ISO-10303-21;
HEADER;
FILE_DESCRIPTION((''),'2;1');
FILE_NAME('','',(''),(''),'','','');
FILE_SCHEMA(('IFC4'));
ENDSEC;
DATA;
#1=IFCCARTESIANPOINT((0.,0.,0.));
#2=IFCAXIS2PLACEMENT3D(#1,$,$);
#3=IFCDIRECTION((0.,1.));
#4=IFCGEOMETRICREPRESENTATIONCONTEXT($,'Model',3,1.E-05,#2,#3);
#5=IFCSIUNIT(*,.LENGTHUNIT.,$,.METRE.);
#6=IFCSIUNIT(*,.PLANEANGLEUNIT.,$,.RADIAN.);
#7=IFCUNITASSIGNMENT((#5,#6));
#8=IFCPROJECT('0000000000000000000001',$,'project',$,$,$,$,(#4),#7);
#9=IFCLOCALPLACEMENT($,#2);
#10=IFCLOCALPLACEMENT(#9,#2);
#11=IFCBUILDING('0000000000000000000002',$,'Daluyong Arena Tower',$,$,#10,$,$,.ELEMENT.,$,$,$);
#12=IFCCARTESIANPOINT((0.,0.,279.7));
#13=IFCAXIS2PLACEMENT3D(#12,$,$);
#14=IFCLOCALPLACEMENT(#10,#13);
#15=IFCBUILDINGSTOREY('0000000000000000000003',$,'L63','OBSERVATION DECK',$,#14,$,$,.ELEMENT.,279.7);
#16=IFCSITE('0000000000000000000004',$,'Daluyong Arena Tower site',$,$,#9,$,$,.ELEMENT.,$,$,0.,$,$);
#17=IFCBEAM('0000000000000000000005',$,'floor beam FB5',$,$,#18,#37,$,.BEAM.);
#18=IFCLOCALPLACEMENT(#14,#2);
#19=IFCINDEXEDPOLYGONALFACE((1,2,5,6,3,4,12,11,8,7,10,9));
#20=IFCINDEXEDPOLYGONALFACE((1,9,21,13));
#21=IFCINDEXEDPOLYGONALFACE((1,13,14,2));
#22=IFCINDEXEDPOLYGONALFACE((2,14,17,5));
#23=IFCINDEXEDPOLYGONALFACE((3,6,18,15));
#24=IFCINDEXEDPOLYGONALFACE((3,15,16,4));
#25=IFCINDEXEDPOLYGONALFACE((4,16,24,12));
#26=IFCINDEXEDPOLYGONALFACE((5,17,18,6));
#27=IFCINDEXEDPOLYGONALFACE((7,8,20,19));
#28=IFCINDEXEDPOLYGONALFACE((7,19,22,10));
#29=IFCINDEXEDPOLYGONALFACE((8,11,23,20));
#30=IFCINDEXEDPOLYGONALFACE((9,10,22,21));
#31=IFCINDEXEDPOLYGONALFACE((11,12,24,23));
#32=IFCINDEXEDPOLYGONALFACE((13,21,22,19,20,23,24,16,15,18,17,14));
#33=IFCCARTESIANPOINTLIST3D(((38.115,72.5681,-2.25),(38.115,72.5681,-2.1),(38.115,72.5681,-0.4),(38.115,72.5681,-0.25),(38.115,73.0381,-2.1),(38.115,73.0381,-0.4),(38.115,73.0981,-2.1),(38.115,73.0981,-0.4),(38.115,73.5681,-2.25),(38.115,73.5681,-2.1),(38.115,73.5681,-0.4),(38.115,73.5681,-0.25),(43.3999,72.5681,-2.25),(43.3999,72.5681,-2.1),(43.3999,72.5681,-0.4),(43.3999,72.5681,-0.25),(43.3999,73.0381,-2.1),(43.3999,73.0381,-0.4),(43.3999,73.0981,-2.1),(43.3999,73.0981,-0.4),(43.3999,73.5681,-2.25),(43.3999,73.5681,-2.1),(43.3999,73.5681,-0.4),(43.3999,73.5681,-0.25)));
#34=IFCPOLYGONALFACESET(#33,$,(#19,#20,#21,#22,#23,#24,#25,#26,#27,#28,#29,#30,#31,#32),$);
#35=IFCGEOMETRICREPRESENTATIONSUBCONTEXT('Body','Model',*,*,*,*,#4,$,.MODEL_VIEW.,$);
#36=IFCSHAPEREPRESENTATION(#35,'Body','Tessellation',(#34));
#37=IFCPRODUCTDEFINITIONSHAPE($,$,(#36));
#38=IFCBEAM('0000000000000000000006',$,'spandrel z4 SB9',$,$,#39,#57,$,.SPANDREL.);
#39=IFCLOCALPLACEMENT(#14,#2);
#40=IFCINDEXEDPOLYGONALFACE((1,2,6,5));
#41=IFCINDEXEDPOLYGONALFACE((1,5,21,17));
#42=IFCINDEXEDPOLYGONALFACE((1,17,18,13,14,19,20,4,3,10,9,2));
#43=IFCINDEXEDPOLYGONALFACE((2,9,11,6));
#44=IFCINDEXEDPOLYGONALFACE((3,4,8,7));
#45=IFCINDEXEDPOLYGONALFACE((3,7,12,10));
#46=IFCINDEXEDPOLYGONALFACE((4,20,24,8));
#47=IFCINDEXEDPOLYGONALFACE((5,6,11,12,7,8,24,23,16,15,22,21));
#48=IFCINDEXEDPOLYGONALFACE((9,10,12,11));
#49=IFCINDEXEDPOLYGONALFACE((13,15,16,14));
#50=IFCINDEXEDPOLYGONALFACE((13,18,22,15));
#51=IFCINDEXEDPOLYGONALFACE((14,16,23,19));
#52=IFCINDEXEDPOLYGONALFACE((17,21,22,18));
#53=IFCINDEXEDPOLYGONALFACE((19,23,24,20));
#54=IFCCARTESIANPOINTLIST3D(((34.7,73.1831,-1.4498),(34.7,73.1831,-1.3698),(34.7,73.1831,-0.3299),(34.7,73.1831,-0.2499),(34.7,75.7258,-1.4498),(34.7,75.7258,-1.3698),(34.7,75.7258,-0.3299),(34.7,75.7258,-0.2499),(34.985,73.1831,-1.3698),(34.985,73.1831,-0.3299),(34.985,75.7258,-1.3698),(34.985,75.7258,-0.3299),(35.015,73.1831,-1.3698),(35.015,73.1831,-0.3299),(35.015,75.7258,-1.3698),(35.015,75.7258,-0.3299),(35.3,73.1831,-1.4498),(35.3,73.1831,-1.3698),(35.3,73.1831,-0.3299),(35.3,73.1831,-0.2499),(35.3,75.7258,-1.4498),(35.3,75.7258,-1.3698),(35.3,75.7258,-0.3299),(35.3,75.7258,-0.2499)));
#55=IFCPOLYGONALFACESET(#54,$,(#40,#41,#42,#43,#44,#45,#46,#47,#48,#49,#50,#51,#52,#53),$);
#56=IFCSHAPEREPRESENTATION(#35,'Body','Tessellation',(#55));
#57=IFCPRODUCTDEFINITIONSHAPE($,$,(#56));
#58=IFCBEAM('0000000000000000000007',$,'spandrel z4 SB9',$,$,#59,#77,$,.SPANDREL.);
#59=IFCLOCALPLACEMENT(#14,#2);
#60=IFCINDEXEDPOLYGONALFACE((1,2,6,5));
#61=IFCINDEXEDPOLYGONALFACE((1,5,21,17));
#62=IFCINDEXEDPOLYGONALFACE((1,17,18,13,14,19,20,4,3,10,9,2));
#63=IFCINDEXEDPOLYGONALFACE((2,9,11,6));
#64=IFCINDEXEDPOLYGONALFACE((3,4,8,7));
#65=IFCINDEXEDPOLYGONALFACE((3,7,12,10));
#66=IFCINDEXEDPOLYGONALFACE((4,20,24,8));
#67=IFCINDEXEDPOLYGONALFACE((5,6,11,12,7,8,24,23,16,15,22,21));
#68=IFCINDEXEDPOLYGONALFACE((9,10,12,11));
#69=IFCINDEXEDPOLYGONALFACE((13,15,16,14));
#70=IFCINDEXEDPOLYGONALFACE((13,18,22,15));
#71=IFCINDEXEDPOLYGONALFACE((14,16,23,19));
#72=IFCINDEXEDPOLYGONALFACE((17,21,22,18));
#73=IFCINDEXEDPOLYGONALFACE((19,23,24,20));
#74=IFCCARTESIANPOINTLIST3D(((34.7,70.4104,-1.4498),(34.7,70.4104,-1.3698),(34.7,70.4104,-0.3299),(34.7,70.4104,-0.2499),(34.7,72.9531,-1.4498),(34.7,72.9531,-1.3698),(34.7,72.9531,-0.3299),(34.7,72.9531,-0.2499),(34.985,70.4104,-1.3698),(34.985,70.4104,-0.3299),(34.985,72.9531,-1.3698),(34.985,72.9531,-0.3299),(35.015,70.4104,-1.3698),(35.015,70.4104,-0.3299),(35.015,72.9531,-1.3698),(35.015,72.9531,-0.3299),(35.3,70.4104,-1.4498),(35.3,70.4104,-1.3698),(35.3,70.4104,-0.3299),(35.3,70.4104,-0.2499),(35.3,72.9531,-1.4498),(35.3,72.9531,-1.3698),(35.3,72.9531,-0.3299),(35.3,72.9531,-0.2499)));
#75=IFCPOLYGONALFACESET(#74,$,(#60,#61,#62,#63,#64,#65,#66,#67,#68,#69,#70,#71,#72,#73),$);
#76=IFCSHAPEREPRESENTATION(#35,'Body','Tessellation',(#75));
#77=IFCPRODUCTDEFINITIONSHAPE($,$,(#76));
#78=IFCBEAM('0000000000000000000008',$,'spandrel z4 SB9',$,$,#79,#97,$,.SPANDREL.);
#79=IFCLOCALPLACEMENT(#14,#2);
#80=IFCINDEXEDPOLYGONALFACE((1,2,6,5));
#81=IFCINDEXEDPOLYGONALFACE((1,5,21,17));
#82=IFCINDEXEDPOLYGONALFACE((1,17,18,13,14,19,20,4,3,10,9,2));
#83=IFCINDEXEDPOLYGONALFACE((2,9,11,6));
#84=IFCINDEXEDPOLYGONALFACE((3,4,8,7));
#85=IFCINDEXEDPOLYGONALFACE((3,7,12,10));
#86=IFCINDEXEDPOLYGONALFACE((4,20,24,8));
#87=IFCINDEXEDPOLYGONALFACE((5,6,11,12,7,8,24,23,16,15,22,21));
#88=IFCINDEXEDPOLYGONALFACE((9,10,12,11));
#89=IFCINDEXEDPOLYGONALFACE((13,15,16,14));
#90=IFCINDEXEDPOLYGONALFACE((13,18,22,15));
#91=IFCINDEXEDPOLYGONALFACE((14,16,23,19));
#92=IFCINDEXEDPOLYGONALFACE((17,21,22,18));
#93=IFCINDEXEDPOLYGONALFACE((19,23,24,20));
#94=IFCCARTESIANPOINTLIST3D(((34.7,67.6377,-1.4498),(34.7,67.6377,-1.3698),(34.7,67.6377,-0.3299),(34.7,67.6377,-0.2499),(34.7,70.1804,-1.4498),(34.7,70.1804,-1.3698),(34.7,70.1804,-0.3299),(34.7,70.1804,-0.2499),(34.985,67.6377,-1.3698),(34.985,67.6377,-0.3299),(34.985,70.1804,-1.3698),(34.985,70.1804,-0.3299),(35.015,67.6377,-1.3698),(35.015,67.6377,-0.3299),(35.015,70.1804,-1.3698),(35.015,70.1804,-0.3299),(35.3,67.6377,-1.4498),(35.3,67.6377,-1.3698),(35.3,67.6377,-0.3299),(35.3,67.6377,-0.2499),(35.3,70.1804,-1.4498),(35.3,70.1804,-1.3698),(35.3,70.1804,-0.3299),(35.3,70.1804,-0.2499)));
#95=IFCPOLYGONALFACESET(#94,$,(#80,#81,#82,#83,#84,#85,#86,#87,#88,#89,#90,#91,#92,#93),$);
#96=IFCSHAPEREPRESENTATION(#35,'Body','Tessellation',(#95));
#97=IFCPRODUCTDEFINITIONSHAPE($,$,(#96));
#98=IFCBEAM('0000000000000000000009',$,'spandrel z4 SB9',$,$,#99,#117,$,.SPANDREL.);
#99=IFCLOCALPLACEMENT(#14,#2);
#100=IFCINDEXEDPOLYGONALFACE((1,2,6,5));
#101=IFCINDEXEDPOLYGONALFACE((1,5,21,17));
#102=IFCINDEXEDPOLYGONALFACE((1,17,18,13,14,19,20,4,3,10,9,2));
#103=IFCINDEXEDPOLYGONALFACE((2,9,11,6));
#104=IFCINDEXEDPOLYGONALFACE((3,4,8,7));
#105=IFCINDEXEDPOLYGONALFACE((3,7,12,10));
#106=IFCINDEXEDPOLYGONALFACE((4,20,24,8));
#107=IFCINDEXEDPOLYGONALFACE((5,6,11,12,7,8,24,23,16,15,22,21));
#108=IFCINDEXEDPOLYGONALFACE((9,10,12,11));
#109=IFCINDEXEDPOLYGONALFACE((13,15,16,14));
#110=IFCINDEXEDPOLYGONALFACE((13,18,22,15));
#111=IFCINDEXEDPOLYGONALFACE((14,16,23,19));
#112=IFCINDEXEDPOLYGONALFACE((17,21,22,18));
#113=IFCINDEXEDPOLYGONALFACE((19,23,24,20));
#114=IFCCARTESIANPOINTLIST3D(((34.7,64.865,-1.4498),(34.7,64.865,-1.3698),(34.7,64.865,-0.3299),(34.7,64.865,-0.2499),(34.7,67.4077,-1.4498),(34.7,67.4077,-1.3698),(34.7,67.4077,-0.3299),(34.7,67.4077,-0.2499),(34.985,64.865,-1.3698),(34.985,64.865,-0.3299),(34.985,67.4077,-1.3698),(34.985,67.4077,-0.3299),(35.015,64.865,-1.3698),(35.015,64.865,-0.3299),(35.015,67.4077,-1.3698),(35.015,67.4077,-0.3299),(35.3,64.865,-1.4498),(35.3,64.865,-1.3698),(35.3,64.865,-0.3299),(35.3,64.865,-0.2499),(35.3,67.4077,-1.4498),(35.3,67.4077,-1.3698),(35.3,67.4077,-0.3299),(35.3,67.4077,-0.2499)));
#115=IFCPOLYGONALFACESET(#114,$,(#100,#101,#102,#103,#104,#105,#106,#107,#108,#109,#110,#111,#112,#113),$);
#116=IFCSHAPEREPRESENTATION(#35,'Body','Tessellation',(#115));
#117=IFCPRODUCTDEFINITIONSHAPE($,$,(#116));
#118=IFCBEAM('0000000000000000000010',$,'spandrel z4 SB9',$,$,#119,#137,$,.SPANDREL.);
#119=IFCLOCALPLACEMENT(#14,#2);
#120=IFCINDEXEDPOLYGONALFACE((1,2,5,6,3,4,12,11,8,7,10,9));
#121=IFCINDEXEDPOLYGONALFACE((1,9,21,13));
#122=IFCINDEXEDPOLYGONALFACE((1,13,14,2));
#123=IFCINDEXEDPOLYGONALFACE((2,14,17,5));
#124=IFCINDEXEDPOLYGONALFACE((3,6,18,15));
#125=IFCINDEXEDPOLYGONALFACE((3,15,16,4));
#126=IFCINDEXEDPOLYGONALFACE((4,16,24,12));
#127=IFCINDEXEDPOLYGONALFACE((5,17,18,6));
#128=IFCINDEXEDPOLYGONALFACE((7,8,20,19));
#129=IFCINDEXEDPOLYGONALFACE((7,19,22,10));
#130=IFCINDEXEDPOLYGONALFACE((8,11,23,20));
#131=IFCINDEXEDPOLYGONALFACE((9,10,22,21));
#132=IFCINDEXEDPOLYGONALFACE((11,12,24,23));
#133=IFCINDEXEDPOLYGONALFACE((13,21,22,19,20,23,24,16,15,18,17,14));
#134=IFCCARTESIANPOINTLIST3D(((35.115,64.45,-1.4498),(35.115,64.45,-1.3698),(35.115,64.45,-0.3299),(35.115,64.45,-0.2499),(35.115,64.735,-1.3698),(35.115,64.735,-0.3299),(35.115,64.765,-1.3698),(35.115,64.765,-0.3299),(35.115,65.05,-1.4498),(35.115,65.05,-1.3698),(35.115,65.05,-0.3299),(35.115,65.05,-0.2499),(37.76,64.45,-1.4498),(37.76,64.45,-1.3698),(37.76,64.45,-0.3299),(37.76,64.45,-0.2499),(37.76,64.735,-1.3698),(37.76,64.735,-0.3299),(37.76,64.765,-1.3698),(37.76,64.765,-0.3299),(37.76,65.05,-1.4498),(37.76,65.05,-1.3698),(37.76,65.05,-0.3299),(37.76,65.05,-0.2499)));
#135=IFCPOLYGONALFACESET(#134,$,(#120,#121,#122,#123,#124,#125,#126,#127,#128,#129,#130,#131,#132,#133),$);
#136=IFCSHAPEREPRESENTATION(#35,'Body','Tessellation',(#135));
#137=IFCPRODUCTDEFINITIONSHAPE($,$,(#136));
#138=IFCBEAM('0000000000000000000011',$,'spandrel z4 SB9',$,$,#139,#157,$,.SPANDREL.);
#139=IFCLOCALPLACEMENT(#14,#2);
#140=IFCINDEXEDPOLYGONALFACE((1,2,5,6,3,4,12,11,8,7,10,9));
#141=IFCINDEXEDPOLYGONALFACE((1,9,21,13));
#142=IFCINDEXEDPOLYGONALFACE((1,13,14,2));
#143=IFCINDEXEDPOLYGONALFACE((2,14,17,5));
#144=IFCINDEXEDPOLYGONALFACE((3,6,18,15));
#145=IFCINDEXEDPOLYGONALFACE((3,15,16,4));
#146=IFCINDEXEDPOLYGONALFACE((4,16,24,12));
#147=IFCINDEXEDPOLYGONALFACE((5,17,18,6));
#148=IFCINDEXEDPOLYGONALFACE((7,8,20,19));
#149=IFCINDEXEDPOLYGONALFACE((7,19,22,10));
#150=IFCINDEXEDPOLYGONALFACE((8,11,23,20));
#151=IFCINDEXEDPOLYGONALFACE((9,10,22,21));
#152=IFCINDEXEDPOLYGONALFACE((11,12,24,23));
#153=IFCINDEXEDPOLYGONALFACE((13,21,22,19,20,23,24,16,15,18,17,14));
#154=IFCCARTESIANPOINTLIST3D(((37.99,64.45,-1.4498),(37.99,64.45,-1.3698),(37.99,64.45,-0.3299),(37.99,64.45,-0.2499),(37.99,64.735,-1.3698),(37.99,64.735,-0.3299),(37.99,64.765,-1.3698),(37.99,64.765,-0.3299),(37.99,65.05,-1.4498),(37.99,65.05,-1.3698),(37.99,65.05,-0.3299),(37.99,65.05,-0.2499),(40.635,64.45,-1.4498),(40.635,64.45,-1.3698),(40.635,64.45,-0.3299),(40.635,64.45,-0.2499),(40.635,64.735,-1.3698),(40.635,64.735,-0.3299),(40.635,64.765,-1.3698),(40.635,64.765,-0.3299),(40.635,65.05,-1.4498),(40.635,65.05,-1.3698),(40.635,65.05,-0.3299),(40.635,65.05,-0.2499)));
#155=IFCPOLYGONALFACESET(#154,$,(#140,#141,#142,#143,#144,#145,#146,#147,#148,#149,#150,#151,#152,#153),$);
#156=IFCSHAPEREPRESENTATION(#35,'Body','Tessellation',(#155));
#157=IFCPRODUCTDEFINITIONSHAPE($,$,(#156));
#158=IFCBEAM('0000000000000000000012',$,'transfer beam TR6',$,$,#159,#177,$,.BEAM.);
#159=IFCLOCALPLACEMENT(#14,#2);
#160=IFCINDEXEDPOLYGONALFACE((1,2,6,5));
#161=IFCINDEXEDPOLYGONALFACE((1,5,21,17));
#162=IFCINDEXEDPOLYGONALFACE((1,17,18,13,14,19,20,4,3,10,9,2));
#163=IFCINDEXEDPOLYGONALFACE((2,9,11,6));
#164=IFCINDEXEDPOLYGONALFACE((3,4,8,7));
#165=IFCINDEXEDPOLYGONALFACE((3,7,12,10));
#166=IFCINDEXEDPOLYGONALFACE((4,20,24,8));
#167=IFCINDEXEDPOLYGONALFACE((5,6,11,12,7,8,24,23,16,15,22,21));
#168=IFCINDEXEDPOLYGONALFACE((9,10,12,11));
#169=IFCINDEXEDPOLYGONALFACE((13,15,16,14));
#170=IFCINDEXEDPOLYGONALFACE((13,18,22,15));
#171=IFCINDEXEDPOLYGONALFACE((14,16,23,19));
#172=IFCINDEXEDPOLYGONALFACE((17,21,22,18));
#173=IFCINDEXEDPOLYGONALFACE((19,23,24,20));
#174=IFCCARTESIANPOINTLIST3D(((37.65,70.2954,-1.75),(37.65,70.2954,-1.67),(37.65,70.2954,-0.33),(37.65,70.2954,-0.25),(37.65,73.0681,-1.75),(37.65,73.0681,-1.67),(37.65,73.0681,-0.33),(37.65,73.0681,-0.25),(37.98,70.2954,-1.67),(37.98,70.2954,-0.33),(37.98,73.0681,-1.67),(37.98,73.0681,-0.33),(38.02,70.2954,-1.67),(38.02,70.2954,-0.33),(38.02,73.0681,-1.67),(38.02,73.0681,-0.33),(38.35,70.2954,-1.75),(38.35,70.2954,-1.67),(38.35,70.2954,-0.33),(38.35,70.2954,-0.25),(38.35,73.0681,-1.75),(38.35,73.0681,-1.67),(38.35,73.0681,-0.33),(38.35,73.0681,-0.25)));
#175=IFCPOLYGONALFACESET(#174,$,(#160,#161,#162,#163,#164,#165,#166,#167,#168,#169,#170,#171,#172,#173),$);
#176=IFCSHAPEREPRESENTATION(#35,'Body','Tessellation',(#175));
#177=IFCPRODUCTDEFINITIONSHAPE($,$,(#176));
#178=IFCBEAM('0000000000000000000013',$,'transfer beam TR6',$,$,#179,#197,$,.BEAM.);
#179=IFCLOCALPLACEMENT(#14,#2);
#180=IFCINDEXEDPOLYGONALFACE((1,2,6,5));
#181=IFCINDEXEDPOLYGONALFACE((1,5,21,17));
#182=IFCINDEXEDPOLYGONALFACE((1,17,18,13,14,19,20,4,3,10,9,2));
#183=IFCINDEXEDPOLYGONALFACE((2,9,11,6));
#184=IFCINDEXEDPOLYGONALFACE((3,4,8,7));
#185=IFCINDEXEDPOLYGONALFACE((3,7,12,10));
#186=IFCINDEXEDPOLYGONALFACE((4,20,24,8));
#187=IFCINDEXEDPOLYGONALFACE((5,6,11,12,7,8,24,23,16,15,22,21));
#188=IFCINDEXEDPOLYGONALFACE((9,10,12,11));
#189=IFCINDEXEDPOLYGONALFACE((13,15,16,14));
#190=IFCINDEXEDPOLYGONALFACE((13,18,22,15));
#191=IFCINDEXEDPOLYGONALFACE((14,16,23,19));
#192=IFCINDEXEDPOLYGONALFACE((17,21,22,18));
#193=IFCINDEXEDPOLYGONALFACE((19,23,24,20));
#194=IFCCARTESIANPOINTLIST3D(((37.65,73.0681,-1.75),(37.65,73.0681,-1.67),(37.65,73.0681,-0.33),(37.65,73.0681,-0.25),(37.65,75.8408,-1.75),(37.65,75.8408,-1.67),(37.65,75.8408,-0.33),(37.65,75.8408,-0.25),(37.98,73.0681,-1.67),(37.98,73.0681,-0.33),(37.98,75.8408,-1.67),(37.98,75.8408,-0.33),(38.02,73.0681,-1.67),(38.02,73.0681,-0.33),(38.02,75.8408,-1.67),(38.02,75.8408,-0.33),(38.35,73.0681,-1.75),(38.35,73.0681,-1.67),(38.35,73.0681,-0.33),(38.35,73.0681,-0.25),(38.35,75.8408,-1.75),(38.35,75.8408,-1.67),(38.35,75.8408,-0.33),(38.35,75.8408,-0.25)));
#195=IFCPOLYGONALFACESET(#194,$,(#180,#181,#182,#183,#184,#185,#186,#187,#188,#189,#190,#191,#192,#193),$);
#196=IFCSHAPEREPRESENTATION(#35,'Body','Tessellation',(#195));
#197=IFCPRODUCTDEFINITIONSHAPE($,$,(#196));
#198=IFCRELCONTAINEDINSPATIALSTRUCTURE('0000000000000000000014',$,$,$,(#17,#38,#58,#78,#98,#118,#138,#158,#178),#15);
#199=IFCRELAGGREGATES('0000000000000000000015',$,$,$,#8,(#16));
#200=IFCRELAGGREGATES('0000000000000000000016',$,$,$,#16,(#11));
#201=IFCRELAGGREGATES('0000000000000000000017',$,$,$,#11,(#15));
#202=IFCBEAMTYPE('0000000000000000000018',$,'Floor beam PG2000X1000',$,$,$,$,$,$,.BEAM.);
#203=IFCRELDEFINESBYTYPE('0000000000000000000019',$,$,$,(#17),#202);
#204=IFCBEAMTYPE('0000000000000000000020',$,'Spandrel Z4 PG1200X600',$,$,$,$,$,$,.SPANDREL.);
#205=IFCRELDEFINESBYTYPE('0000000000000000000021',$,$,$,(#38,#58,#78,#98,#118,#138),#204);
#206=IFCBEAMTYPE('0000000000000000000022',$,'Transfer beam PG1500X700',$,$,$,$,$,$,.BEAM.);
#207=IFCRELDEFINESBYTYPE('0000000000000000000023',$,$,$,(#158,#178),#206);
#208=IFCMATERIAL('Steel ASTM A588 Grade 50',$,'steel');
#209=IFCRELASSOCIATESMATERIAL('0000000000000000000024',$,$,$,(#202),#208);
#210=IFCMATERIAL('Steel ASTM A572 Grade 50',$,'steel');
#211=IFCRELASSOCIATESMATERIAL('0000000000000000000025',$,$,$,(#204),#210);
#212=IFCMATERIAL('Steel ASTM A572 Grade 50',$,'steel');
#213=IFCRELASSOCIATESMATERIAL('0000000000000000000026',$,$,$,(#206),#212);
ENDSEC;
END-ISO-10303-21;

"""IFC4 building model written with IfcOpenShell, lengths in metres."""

from ifc_helpers import new_model, si_unit, direction, frame, origin, origin_2d, place, context, subcontext, project, spatial, i_section, extrude, material, material_profile, profile_set, type_object, element, save


model = new_model("IFC4")

# Units and contexts
model_context = context("Model", 3, precision=1e-05, world=origin(), true_north=direction((0.0, 1.0)))
body_context = subcontext(model_context, "Body", "Model", "MODEL_VIEW")
ifc_project = project(units=[si_unit("LENGTHUNIT", "METRE"), si_unit("PLANEANGLEUNIT", "RADIAN")], contexts=[model_context])

# Site, building, storey
site_placement = place(None, origin())
site = spatial("IfcSite", under=ifc_project, at=site_placement, Name="Daluyong Arena Tower site", CompositionType="ELEMENT", RefElevation=0.0)
building_placement = place(site_placement, origin())
building = spatial("IfcBuilding", under=site, at=building_placement, Name="Daluyong Arena Tower", CompositionType="ELEMENT")
storey_placement = place(building_placement, frame((0.0, 0.0, 279.7)))
storey = spatial("IfcBuildingStorey", under=building, at=storey_placement, Name="L63", Description="OBSERVATION DECK", CompositionType="ELEMENT", Elevation=279.7)

# Beams
ifc_material_1 = material(Name="Steel ASTM A588 Grade 50", Category="steel")
ifc_material_profile_1 = material_profile(ifc_material_1, i_section(OverallWidth=1.0, OverallDepth=2.0, WebThickness=0.06, FlangeThickness=0.15, at=origin_2d()))
ifc_profile_set_1 = profile_set([ifc_material_profile_1], Name="Steel ASTM A588 Grade 50")
beam_type_1 = type_object("IfcBeamType", Name="Floor beam PG2000X1000", PredefinedType="BEAM", material=ifc_profile_set_1)
for number, where, z_axis, x_axis, name in (
    (1, (38.115, 73.0681, -1.25), (1.0, 0.0, 0.0), (0.0, 1.0, 0.0), "floor beam FB5"),
):
    element("IfcBeam", number, at=place(storey_placement, frame(where, z_axis=z_axis, x_axis=x_axis)), inside=storey, type_object=beam_type_1, Name=name, PredefinedType="BEAM", context=body_context, shape_type="SweptSolid", body=[
        extrude(i_section(OverallWidth=1.0, OverallDepth=2.0, WebThickness=0.06, FlangeThickness=0.15, at=origin_2d()), origin(), (0.0, 0.0, 1.0), 5.2849),
    ])
ifc_material_2 = material(Name="Steel ASTM A572 Grade 50", Category="steel")
ifc_material_profile_2 = material_profile(ifc_material_2, i_section(OverallWidth=0.6001, OverallDepth=1.2, WebThickness=0.03, FlangeThickness=0.08, at=origin_2d()))
ifc_profile_set_2 = profile_set([ifc_material_profile_2], Name="Steel ASTM A572 Grade 50")
beam_type_2 = type_object("IfcBeamType", Name="Spandrel Z4 PG1200X600", PredefinedType="SPANDREL", material=ifc_profile_set_2)
for number, where, z_axis, x_axis, name in (
    (2, (35.0, 75.7258, -0.8499), (0.0, -1.0, 0.0), (1.0, 0.0, 0.0), "spandrel z4 SB9"),
    (3, (35.0, 72.9531, -0.8499), (0.0, -1.0, 0.0), (1.0, 0.0, 0.0), "spandrel z4 SB9"),
    (4, (35.0, 70.1804, -0.8499), (0.0, -1.0, 0.0), (1.0, 0.0, 0.0), "spandrel z4 SB9"),
    (5, (35.0, 67.4077, -0.8499), (0.0, -1.0, 0.0), (1.0, 0.0, 0.0), "spandrel z4 SB9"),
):
    element("IfcBeam", number, at=place(storey_placement, frame(where, z_axis=z_axis, x_axis=x_axis)), inside=storey, type_object=beam_type_2, Name=name, PredefinedType="SPANDREL", context=body_context, shape_type="SweptSolid", body=[
        extrude(i_section(OverallWidth=0.6001, OverallDepth=1.2, WebThickness=0.03, FlangeThickness=0.08, at=origin_2d()), origin(), (0.0, 0.0, 1.0), 2.5427),
    ])
for number, where, z_axis, x_axis, name in (
    (6, (35.115, 64.75, -0.8499), (1.0, 0.0, 0.0), (0.0, 1.0, 0.0), "spandrel z4 SB9"),
    (7, (37.99, 64.75, -0.8499), (1.0, 0.0, 0.0), (0.0, 1.0, 0.0), "spandrel z4 SB9"),
):
    element("IfcBeam", number, at=place(storey_placement, frame(where, z_axis=z_axis, x_axis=x_axis)), inside=storey, type_object=beam_type_2, Name=name, PredefinedType="SPANDREL", context=body_context, shape_type="SweptSolid", body=[
        extrude(i_section(OverallWidth=0.6001, OverallDepth=1.2, WebThickness=0.03, FlangeThickness=0.08, at=origin_2d()), origin(), (0.0, 0.0, 1.0), 2.645),
    ])
ifc_material_3 = material(Name="Steel ASTM A572 Grade 50", Category="steel")
ifc_material_profile_3 = material_profile(ifc_material_3, i_section(OverallWidth=0.7, OverallDepth=1.5, WebThickness=0.04, FlangeThickness=0.08, at=origin_2d()))
ifc_profile_set_3 = profile_set([ifc_material_profile_3], Name="Steel ASTM A572 Grade 50")
beam_type_3 = type_object("IfcBeamType", Name="Transfer beam PG1500X700", PredefinedType="BEAM", material=ifc_profile_set_3)
for number, where, z_axis, x_axis, name in (
    (8, (38.0, 70.2954, -1.0), (0.0, 1.0, 0.0), (-1.0, 0.0, 0.0), "transfer beam TR6"),
    (9, (38.0, 73.0681, -1.0), (0.0, 1.0, 0.0), (-1.0, 0.0, 0.0), "transfer beam TR6"),
):
    element("IfcBeam", number, at=place(storey_placement, frame(where, z_axis=z_axis, x_axis=x_axis)), inside=storey, type_object=beam_type_3, Name=name, PredefinedType="BEAM", context=body_context, shape_type="SweptSolid", body=[
        extrude(i_section(OverallWidth=0.7, OverallDepth=1.5, WebThickness=0.04, FlangeThickness=0.08, at=origin_2d()), origin(), (0.0, 0.0, 1.0), 2.7727),
    ])

save(model, "model.ifc")
